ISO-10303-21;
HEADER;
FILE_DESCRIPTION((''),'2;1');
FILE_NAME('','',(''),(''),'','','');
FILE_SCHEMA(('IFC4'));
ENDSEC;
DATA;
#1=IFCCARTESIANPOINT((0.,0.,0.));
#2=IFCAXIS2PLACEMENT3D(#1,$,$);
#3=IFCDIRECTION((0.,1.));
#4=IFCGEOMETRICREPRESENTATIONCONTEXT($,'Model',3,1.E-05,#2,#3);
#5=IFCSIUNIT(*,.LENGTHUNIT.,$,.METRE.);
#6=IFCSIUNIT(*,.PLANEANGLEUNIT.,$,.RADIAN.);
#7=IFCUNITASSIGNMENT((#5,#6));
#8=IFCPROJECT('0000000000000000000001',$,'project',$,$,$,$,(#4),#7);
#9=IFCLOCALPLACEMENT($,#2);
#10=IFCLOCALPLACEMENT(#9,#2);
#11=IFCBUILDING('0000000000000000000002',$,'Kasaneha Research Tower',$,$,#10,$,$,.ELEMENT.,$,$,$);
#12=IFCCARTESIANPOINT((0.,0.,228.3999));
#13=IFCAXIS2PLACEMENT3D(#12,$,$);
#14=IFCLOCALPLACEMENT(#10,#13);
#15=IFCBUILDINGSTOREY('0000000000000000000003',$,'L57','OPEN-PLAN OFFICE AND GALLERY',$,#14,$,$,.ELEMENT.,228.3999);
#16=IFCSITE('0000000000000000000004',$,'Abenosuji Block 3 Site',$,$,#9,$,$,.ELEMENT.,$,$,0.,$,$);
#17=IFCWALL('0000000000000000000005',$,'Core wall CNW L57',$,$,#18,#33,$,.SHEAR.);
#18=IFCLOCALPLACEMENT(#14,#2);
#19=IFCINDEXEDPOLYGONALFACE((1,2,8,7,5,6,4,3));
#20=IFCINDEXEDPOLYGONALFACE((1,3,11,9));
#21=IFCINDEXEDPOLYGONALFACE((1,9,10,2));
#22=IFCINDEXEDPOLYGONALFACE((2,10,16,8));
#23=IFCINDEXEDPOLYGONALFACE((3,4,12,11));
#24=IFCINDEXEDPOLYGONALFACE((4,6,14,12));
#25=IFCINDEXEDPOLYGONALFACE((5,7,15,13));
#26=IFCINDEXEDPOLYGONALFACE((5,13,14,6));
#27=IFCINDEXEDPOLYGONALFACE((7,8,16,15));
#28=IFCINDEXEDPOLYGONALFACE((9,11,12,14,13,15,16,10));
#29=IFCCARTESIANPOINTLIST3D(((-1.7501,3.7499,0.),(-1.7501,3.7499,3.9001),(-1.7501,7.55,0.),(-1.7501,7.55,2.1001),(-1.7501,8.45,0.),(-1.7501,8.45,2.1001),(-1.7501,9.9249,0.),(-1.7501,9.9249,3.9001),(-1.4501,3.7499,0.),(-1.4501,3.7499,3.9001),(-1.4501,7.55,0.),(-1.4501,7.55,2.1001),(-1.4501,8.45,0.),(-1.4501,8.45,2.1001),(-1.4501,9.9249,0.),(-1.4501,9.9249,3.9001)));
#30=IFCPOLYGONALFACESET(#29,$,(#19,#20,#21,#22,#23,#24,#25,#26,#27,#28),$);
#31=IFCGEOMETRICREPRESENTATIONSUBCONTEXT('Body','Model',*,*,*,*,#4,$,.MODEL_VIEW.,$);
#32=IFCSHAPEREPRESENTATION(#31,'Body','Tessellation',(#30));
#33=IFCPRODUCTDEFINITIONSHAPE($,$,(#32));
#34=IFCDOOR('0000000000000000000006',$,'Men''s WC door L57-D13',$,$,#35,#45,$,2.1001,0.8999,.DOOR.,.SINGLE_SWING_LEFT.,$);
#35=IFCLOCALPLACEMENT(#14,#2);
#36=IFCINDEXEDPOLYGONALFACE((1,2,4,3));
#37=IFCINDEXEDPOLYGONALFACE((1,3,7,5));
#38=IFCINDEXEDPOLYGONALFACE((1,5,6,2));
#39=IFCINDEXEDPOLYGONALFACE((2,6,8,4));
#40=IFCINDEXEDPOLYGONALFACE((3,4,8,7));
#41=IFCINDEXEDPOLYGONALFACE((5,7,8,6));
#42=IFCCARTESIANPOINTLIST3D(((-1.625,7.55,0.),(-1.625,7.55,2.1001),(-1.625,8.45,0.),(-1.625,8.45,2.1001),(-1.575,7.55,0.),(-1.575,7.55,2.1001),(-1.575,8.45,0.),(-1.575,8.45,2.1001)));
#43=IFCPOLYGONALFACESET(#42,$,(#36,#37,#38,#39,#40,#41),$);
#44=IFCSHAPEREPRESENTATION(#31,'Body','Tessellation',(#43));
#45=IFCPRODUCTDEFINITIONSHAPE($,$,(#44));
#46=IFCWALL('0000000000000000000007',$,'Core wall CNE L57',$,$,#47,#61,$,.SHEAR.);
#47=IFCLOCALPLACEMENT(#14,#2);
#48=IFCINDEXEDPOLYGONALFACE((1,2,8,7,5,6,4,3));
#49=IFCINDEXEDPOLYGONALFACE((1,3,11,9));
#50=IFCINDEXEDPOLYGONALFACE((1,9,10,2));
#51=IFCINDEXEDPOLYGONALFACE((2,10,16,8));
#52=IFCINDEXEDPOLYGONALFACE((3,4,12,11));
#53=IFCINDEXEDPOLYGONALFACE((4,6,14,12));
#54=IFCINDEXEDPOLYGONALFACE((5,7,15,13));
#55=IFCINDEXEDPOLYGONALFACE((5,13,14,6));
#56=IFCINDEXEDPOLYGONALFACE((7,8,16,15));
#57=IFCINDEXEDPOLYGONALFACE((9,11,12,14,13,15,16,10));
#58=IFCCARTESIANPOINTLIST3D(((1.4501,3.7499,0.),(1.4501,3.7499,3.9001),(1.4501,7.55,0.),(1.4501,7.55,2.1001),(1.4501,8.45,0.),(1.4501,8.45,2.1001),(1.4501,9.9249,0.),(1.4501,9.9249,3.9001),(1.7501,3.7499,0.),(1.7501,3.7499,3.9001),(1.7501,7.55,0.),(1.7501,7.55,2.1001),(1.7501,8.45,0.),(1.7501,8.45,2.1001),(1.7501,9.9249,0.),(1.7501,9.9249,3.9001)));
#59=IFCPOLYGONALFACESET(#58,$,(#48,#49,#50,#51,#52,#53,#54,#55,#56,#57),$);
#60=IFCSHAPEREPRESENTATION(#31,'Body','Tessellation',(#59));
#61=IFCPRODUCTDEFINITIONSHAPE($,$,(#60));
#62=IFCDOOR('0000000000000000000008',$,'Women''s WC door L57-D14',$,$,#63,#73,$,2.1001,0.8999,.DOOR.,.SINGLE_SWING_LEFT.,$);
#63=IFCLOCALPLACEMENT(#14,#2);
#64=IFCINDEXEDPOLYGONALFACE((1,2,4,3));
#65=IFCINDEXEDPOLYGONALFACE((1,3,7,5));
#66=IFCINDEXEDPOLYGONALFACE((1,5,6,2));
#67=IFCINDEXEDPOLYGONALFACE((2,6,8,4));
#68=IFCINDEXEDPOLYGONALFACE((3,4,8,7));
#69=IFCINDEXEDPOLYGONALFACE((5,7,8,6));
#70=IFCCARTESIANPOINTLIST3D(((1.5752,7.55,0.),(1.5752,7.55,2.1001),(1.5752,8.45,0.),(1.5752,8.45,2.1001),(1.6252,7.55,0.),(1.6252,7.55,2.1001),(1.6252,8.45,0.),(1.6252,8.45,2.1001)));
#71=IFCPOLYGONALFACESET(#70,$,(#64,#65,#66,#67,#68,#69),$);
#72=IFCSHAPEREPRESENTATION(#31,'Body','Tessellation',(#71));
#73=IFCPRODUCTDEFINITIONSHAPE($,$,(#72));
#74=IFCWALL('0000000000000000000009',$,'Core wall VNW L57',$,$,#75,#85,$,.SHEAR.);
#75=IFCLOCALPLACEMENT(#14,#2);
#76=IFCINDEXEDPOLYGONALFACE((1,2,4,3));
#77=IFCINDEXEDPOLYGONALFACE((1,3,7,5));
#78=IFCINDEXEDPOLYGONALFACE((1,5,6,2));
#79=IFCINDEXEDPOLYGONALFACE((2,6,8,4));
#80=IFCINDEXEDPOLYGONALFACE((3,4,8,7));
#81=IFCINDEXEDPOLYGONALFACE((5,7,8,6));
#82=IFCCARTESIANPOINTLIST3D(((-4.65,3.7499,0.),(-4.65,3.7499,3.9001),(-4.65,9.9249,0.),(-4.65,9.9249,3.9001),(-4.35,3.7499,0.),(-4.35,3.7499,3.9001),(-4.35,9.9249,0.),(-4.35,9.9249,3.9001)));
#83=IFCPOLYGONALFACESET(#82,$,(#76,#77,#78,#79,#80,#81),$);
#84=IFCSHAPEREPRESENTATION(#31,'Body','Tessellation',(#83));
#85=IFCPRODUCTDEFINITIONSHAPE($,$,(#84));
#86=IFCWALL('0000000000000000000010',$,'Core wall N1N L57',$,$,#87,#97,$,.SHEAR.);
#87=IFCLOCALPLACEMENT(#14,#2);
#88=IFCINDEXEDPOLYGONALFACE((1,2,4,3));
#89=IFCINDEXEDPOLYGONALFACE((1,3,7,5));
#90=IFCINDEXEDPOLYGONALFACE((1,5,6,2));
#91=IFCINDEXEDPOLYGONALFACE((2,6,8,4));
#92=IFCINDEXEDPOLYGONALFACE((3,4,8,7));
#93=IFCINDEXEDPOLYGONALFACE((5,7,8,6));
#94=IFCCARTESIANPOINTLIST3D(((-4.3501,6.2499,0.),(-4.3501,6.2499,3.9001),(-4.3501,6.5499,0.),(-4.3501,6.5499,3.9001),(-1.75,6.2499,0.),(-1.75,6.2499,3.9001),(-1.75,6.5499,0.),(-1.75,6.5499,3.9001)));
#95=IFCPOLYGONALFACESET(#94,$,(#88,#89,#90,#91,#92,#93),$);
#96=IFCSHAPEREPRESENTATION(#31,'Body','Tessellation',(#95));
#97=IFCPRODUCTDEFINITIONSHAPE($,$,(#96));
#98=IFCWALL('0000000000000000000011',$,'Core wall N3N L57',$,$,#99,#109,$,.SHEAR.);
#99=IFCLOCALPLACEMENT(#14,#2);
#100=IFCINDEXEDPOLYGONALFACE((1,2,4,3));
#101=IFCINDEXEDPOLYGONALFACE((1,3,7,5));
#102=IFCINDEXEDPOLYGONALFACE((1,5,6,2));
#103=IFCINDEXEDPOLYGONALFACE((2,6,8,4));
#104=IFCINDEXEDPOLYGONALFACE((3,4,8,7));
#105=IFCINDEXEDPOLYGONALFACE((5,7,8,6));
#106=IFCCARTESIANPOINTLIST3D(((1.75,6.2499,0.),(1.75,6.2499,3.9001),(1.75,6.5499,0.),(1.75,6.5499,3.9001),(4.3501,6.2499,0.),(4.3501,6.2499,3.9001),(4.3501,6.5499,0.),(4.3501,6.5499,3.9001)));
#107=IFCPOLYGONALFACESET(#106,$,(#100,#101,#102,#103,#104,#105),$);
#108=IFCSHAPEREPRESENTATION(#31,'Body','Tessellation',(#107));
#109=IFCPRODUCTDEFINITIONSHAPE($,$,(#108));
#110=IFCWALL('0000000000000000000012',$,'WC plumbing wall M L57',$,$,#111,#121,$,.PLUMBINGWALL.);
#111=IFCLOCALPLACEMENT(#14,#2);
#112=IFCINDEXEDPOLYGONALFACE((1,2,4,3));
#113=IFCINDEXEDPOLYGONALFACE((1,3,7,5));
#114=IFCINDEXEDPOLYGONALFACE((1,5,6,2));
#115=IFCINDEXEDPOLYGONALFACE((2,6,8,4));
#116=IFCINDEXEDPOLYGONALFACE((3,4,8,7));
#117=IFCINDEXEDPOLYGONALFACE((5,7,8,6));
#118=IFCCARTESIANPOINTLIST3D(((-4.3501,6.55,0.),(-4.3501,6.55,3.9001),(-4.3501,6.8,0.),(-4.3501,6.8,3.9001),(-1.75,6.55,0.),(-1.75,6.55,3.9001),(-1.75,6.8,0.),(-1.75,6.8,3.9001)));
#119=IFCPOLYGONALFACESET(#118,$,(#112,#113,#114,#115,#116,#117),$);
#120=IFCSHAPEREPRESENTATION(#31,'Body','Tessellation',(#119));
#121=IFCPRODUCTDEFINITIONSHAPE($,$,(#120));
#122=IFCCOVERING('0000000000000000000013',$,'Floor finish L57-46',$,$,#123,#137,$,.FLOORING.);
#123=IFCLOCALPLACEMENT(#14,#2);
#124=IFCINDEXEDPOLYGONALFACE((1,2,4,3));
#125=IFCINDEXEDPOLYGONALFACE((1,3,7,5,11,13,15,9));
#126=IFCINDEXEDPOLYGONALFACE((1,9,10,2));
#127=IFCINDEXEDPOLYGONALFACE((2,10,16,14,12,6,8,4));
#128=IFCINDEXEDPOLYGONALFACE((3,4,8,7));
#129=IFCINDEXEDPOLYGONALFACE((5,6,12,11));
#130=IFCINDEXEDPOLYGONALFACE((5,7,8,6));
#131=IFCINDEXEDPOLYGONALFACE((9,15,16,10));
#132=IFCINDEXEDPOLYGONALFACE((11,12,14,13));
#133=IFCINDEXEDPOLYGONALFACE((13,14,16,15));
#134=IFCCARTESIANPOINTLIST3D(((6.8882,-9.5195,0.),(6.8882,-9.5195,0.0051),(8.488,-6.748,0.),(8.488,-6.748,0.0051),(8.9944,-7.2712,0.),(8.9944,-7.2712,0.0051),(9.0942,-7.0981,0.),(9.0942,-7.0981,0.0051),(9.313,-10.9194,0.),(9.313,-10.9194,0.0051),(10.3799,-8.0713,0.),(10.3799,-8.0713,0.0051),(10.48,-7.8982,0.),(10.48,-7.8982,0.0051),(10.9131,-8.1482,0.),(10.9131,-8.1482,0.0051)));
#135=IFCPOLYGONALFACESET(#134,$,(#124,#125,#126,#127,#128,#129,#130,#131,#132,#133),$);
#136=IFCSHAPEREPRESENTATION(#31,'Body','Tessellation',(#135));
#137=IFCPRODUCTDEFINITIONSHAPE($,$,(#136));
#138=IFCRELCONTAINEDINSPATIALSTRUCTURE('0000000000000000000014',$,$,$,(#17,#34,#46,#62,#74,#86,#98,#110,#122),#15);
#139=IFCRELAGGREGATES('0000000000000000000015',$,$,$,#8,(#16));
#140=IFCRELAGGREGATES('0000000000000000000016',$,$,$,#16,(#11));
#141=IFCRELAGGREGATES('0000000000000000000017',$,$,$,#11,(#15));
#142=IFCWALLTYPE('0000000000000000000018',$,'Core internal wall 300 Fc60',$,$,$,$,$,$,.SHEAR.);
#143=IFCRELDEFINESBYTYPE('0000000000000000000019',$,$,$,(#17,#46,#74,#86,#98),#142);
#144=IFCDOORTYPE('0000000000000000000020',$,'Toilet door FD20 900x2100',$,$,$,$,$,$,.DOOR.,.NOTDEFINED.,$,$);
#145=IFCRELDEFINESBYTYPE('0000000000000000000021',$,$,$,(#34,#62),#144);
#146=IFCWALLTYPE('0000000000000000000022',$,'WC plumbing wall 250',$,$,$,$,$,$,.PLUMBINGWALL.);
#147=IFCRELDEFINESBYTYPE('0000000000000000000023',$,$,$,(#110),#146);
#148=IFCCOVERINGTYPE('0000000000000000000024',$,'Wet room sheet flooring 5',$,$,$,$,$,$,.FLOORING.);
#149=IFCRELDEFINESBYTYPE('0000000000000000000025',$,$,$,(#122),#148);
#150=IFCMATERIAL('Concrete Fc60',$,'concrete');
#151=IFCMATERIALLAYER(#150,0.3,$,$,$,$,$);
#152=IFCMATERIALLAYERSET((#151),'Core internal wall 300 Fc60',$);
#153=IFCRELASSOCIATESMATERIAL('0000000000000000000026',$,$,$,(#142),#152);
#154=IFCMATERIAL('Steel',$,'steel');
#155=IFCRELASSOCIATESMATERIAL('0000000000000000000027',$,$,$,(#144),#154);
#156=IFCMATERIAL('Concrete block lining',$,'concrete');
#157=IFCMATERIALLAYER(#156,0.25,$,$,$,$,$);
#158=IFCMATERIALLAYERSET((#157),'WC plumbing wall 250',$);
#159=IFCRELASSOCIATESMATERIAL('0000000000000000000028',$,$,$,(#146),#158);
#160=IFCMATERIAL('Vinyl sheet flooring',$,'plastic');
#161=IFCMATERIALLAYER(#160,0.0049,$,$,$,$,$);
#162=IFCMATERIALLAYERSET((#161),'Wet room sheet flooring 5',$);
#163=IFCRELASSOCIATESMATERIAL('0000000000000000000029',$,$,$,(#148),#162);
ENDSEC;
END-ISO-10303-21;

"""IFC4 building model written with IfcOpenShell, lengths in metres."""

from ifc_helpers import new_model, si_unit, direction, frame, frame_2d, origin, place, context, subcontext, project, spatial, polyline, rectangle, outline, extrude, material, layer, layer_set, type_object, element, fill, save


model = new_model("IFC4")

# Units and contexts
model_context = context("Model", 3, precision=1e-05, world=origin(), true_north=direction((0.0, 1.0)))
body_context = subcontext(model_context, "Body", "Model", "MODEL_VIEW")
ifc_project = project(units=[si_unit("LENGTHUNIT", "METRE"), si_unit("PLANEANGLEUNIT", "RADIAN")], contexts=[model_context])

# Site, building, storey
site_placement = place(None, origin())
site = spatial("IfcSite", under=ifc_project, at=site_placement, Name="Abenosuji Block 3 Site", CompositionType="ELEMENT", RefElevation=0.0)
building_placement = place(site_placement, origin())
building = spatial("IfcBuilding", under=site, at=building_placement, Name="Kasaneha Research Tower", CompositionType="ELEMENT")
storey_placement = place(building_placement, frame((0.0, 0.0, 228.3999)))
storey = spatial("IfcBuildingStorey", under=building, at=storey_placement, Name="L57", Description="OPEN-PLAN OFFICE AND GALLERY", CompositionType="ELEMENT", Elevation=228.3999)

# Shared definitions
ifc_material_1 = material(Name="Concrete Fc60", Category="concrete")
ifc_layer_1 = layer(ifc_material_1, 0.3)
ifc_layer_set_1 = layer_set([ifc_layer_1], Name="Core internal wall 300 Fc60")
wall_type_1 = type_object("IfcWallType", Name="Core internal wall 300 Fc60", PredefinedType="SHEAR", material=ifc_layer_set_1)

# Walls, openings, doors
wall_1_placement = place(storey_placement, frame((-1.6001, 3.75, 0.0), z_axis=(0.0, 0.0, 1.0), x_axis=(0.0, 1.0, 0.0)))
wall_1 = element("IfcWall", 1, at=wall_1_placement, inside=storey, type_object=wall_type_1, Name="Core wall CNW L57", PredefinedType="SHEAR", context=body_context, shape_type="SweptSolid", body=[
    extrude(rectangle(XDim=6.175, YDim=0.3, at=frame_2d((3.0874, 0.0))), origin(), (0.0, 0.0, 1.0), 3.9001),
])
opening_1_placement = place(wall_1_placement, frame((3.8, 0.0, 0.0)))
opening_1 = element("IfcOpeningElement", 2, at=opening_1_placement, cuts=wall_1, PredefinedType="OPENING", context=body_context, shape_type="SweptSolid", body=[
    extrude(rectangle(XDim=0.8999, YDim=2.1001, at=frame_2d((0.45, 1.05))), frame((0.0, 0.1602, 0.0), z_axis=(0.0, -1.0, 0.0), x_axis=(1.0, 0.0, 0.0)), (0.0, 0.0, 1.0), 0.3201),
])
ifc_material_2 = material(Name="Steel", Category="steel")
door_type_1 = type_object("IfcDoorType", Name="Toilet door FD20 900x2100", OperationType="NOTDEFINED", PredefinedType="DOOR", material=ifc_material_2)
door_1_placement = place(opening_1_placement, origin())
door_1 = element("IfcDoor", 3, at=door_1_placement, inside=storey, type_object=door_type_1, Name="Men's WC door L57-D13", OperationType="SINGLE_SWING_LEFT", OverallHeight=2.1001, OverallWidth=0.8999, PredefinedType="DOOR", context=body_context, shape_type="SweptSolid", body=[
    extrude(rectangle(XDim=0.8999, YDim=2.1001, at=frame_2d((0.45, 1.05))), frame((0.0, 0.0249, 0.0), z_axis=(0.0, -1.0, 0.0), x_axis=(1.0, 0.0, 0.0)), (0.0, 0.0, 1.0), 0.05),
])
fill(opening_1, door_1)
wall_2_placement = place(storey_placement, frame((1.6001, 3.75, 0.0), z_axis=(0.0, 0.0, 1.0), x_axis=(0.0, 1.0, 0.0)))
wall_2 = element("IfcWall", 4, at=wall_2_placement, inside=storey, type_object=wall_type_1, Name="Core wall CNE L57", PredefinedType="SHEAR", context=body_context, shape_type="SweptSolid", body=[
    extrude(rectangle(XDim=6.175, YDim=0.3, at=frame_2d((3.0874, 0.0))), origin(), (0.0, 0.0, 1.0), 3.9001),
])
opening_2_placement = place(wall_2_placement, frame((3.8, 0.0, 0.0)))
opening_2 = element("IfcOpeningElement", 5, at=opening_2_placement, cuts=wall_2, PredefinedType="OPENING", context=body_context, shape_type="SweptSolid", body=[
    extrude(rectangle(XDim=0.8999, YDim=2.1001, at=frame_2d((0.45, 1.05))), frame((0.0, 0.1602, 0.0), z_axis=(0.0, -1.0, 0.0), x_axis=(1.0, 0.0, 0.0)), (0.0, 0.0, 1.0), 0.3201),
])
door_2_placement = place(opening_2_placement, origin())
door_2 = element("IfcDoor", 6, at=door_2_placement, inside=storey, type_object=door_type_1, Name="Women's WC door L57-D14", OperationType="SINGLE_SWING_LEFT", OverallHeight=2.1001, OverallWidth=0.8999, PredefinedType="DOOR", context=body_context, shape_type="SweptSolid", body=[
    extrude(rectangle(XDim=0.8999, YDim=2.1001, at=frame_2d((0.45, 1.05))), frame((0.0, 0.0249, 0.0), z_axis=(0.0, -1.0, 0.0), x_axis=(1.0, 0.0, 0.0)), (0.0, 0.0, 1.0), 0.05),
])
fill(opening_2, door_2)

# Walls
wall_3_placement = place(storey_placement, frame((-4.5, 3.75, 0.0), z_axis=(0.0, 0.0, 1.0), x_axis=(0.0, 1.0, 0.0)))
element("IfcWall", 7, at=wall_3_placement, inside=storey, type_object=wall_type_1, Name="Core wall VNW L57", PredefinedType="SHEAR", context=body_context, shape_type="SweptSolid", body=[
    extrude(rectangle(XDim=6.175, YDim=0.3, at=frame_2d((3.0874, 0.0))), origin(), (0.0, 0.0, 1.0), 3.9001),
])
for number, where, z_axis, x_axis, name in (
    (8, (-4.3501, 6.3999, 0.0), (0.0, 0.0, 1.0), (1.0, 0.0, 0.0), "Core wall N1N L57"),
    (9, (1.75, 6.3999, 0.0), (0.0, 0.0, 1.0), (1.0, 0.0, 0.0), "Core wall N3N L57"),
):
    element("IfcWall", number, at=place(storey_placement, frame(where, z_axis=z_axis, x_axis=x_axis)), inside=storey, type_object=wall_type_1, Name=name, PredefinedType="SHEAR", context=body_context, shape_type="SweptSolid", body=[
        extrude(rectangle(XDim=2.6001, YDim=0.3, at=frame_2d((1.3, 0.0))), origin(), (0.0, 0.0, 1.0), 3.9001),
    ])

# Wall
ifc_material_3 = material(Name="Concrete block lining", Category="concrete")
ifc_layer_2 = layer(ifc_material_3, 0.25)
ifc_layer_set_2 = layer_set([ifc_layer_2], Name="WC plumbing wall 250")
wall_type_2 = type_object("IfcWallType", Name="WC plumbing wall 250", PredefinedType="PLUMBINGWALL", material=ifc_layer_set_2)
wall_4_placement = place(storey_placement, frame((-4.3501, 6.675, 0.0), z_axis=(0.0, 0.0, 1.0), x_axis=(1.0, 0.0, 0.0)))
element("IfcWall", 10, at=wall_4_placement, inside=storey, type_object=wall_type_2, Name="WC plumbing wall M L57", PredefinedType="PLUMBINGWALL", context=body_context, shape_type="SweptSolid", body=[
    extrude(rectangle(XDim=2.6001, YDim=0.25, at=frame_2d((1.3, 0.0))), origin(), (0.0, 0.0, 1.0), 3.9001),
])

# Covering
ifc_material_4 = material(Name="Vinyl sheet flooring", Category="plastic")
ifc_layer_3 = layer(ifc_material_4, 0.0049)
ifc_layer_set_3 = layer_set([ifc_layer_3], Name="Wet room sheet flooring 5")
covering_type = type_object("IfcCoveringType", Name="Wet room sheet flooring 5", PredefinedType="FLOORING", material=ifc_layer_set_3)
covering_placement = place(storey_placement, origin())
element("IfcCovering", 11, at=covering_placement, inside=storey, type_object=covering_type, Name="Floor finish L57-46", PredefinedType="FLOORING", context=body_context, shape_type="SweptSolid", body=[
    extrude(outline(polyline([(9.313, -10.9194), (6.8882, -9.5195), (8.488, -6.748), (9.0942, -7.0981), (8.9944, -7.2712), (10.3799, -8.0713), (10.48, -7.8982), (10.9131, -8.1482), (9.313, -10.9194)])), origin(), (0.0, 0.0, 1.0), 0.0051),
])

save(model, "model.ifc")
